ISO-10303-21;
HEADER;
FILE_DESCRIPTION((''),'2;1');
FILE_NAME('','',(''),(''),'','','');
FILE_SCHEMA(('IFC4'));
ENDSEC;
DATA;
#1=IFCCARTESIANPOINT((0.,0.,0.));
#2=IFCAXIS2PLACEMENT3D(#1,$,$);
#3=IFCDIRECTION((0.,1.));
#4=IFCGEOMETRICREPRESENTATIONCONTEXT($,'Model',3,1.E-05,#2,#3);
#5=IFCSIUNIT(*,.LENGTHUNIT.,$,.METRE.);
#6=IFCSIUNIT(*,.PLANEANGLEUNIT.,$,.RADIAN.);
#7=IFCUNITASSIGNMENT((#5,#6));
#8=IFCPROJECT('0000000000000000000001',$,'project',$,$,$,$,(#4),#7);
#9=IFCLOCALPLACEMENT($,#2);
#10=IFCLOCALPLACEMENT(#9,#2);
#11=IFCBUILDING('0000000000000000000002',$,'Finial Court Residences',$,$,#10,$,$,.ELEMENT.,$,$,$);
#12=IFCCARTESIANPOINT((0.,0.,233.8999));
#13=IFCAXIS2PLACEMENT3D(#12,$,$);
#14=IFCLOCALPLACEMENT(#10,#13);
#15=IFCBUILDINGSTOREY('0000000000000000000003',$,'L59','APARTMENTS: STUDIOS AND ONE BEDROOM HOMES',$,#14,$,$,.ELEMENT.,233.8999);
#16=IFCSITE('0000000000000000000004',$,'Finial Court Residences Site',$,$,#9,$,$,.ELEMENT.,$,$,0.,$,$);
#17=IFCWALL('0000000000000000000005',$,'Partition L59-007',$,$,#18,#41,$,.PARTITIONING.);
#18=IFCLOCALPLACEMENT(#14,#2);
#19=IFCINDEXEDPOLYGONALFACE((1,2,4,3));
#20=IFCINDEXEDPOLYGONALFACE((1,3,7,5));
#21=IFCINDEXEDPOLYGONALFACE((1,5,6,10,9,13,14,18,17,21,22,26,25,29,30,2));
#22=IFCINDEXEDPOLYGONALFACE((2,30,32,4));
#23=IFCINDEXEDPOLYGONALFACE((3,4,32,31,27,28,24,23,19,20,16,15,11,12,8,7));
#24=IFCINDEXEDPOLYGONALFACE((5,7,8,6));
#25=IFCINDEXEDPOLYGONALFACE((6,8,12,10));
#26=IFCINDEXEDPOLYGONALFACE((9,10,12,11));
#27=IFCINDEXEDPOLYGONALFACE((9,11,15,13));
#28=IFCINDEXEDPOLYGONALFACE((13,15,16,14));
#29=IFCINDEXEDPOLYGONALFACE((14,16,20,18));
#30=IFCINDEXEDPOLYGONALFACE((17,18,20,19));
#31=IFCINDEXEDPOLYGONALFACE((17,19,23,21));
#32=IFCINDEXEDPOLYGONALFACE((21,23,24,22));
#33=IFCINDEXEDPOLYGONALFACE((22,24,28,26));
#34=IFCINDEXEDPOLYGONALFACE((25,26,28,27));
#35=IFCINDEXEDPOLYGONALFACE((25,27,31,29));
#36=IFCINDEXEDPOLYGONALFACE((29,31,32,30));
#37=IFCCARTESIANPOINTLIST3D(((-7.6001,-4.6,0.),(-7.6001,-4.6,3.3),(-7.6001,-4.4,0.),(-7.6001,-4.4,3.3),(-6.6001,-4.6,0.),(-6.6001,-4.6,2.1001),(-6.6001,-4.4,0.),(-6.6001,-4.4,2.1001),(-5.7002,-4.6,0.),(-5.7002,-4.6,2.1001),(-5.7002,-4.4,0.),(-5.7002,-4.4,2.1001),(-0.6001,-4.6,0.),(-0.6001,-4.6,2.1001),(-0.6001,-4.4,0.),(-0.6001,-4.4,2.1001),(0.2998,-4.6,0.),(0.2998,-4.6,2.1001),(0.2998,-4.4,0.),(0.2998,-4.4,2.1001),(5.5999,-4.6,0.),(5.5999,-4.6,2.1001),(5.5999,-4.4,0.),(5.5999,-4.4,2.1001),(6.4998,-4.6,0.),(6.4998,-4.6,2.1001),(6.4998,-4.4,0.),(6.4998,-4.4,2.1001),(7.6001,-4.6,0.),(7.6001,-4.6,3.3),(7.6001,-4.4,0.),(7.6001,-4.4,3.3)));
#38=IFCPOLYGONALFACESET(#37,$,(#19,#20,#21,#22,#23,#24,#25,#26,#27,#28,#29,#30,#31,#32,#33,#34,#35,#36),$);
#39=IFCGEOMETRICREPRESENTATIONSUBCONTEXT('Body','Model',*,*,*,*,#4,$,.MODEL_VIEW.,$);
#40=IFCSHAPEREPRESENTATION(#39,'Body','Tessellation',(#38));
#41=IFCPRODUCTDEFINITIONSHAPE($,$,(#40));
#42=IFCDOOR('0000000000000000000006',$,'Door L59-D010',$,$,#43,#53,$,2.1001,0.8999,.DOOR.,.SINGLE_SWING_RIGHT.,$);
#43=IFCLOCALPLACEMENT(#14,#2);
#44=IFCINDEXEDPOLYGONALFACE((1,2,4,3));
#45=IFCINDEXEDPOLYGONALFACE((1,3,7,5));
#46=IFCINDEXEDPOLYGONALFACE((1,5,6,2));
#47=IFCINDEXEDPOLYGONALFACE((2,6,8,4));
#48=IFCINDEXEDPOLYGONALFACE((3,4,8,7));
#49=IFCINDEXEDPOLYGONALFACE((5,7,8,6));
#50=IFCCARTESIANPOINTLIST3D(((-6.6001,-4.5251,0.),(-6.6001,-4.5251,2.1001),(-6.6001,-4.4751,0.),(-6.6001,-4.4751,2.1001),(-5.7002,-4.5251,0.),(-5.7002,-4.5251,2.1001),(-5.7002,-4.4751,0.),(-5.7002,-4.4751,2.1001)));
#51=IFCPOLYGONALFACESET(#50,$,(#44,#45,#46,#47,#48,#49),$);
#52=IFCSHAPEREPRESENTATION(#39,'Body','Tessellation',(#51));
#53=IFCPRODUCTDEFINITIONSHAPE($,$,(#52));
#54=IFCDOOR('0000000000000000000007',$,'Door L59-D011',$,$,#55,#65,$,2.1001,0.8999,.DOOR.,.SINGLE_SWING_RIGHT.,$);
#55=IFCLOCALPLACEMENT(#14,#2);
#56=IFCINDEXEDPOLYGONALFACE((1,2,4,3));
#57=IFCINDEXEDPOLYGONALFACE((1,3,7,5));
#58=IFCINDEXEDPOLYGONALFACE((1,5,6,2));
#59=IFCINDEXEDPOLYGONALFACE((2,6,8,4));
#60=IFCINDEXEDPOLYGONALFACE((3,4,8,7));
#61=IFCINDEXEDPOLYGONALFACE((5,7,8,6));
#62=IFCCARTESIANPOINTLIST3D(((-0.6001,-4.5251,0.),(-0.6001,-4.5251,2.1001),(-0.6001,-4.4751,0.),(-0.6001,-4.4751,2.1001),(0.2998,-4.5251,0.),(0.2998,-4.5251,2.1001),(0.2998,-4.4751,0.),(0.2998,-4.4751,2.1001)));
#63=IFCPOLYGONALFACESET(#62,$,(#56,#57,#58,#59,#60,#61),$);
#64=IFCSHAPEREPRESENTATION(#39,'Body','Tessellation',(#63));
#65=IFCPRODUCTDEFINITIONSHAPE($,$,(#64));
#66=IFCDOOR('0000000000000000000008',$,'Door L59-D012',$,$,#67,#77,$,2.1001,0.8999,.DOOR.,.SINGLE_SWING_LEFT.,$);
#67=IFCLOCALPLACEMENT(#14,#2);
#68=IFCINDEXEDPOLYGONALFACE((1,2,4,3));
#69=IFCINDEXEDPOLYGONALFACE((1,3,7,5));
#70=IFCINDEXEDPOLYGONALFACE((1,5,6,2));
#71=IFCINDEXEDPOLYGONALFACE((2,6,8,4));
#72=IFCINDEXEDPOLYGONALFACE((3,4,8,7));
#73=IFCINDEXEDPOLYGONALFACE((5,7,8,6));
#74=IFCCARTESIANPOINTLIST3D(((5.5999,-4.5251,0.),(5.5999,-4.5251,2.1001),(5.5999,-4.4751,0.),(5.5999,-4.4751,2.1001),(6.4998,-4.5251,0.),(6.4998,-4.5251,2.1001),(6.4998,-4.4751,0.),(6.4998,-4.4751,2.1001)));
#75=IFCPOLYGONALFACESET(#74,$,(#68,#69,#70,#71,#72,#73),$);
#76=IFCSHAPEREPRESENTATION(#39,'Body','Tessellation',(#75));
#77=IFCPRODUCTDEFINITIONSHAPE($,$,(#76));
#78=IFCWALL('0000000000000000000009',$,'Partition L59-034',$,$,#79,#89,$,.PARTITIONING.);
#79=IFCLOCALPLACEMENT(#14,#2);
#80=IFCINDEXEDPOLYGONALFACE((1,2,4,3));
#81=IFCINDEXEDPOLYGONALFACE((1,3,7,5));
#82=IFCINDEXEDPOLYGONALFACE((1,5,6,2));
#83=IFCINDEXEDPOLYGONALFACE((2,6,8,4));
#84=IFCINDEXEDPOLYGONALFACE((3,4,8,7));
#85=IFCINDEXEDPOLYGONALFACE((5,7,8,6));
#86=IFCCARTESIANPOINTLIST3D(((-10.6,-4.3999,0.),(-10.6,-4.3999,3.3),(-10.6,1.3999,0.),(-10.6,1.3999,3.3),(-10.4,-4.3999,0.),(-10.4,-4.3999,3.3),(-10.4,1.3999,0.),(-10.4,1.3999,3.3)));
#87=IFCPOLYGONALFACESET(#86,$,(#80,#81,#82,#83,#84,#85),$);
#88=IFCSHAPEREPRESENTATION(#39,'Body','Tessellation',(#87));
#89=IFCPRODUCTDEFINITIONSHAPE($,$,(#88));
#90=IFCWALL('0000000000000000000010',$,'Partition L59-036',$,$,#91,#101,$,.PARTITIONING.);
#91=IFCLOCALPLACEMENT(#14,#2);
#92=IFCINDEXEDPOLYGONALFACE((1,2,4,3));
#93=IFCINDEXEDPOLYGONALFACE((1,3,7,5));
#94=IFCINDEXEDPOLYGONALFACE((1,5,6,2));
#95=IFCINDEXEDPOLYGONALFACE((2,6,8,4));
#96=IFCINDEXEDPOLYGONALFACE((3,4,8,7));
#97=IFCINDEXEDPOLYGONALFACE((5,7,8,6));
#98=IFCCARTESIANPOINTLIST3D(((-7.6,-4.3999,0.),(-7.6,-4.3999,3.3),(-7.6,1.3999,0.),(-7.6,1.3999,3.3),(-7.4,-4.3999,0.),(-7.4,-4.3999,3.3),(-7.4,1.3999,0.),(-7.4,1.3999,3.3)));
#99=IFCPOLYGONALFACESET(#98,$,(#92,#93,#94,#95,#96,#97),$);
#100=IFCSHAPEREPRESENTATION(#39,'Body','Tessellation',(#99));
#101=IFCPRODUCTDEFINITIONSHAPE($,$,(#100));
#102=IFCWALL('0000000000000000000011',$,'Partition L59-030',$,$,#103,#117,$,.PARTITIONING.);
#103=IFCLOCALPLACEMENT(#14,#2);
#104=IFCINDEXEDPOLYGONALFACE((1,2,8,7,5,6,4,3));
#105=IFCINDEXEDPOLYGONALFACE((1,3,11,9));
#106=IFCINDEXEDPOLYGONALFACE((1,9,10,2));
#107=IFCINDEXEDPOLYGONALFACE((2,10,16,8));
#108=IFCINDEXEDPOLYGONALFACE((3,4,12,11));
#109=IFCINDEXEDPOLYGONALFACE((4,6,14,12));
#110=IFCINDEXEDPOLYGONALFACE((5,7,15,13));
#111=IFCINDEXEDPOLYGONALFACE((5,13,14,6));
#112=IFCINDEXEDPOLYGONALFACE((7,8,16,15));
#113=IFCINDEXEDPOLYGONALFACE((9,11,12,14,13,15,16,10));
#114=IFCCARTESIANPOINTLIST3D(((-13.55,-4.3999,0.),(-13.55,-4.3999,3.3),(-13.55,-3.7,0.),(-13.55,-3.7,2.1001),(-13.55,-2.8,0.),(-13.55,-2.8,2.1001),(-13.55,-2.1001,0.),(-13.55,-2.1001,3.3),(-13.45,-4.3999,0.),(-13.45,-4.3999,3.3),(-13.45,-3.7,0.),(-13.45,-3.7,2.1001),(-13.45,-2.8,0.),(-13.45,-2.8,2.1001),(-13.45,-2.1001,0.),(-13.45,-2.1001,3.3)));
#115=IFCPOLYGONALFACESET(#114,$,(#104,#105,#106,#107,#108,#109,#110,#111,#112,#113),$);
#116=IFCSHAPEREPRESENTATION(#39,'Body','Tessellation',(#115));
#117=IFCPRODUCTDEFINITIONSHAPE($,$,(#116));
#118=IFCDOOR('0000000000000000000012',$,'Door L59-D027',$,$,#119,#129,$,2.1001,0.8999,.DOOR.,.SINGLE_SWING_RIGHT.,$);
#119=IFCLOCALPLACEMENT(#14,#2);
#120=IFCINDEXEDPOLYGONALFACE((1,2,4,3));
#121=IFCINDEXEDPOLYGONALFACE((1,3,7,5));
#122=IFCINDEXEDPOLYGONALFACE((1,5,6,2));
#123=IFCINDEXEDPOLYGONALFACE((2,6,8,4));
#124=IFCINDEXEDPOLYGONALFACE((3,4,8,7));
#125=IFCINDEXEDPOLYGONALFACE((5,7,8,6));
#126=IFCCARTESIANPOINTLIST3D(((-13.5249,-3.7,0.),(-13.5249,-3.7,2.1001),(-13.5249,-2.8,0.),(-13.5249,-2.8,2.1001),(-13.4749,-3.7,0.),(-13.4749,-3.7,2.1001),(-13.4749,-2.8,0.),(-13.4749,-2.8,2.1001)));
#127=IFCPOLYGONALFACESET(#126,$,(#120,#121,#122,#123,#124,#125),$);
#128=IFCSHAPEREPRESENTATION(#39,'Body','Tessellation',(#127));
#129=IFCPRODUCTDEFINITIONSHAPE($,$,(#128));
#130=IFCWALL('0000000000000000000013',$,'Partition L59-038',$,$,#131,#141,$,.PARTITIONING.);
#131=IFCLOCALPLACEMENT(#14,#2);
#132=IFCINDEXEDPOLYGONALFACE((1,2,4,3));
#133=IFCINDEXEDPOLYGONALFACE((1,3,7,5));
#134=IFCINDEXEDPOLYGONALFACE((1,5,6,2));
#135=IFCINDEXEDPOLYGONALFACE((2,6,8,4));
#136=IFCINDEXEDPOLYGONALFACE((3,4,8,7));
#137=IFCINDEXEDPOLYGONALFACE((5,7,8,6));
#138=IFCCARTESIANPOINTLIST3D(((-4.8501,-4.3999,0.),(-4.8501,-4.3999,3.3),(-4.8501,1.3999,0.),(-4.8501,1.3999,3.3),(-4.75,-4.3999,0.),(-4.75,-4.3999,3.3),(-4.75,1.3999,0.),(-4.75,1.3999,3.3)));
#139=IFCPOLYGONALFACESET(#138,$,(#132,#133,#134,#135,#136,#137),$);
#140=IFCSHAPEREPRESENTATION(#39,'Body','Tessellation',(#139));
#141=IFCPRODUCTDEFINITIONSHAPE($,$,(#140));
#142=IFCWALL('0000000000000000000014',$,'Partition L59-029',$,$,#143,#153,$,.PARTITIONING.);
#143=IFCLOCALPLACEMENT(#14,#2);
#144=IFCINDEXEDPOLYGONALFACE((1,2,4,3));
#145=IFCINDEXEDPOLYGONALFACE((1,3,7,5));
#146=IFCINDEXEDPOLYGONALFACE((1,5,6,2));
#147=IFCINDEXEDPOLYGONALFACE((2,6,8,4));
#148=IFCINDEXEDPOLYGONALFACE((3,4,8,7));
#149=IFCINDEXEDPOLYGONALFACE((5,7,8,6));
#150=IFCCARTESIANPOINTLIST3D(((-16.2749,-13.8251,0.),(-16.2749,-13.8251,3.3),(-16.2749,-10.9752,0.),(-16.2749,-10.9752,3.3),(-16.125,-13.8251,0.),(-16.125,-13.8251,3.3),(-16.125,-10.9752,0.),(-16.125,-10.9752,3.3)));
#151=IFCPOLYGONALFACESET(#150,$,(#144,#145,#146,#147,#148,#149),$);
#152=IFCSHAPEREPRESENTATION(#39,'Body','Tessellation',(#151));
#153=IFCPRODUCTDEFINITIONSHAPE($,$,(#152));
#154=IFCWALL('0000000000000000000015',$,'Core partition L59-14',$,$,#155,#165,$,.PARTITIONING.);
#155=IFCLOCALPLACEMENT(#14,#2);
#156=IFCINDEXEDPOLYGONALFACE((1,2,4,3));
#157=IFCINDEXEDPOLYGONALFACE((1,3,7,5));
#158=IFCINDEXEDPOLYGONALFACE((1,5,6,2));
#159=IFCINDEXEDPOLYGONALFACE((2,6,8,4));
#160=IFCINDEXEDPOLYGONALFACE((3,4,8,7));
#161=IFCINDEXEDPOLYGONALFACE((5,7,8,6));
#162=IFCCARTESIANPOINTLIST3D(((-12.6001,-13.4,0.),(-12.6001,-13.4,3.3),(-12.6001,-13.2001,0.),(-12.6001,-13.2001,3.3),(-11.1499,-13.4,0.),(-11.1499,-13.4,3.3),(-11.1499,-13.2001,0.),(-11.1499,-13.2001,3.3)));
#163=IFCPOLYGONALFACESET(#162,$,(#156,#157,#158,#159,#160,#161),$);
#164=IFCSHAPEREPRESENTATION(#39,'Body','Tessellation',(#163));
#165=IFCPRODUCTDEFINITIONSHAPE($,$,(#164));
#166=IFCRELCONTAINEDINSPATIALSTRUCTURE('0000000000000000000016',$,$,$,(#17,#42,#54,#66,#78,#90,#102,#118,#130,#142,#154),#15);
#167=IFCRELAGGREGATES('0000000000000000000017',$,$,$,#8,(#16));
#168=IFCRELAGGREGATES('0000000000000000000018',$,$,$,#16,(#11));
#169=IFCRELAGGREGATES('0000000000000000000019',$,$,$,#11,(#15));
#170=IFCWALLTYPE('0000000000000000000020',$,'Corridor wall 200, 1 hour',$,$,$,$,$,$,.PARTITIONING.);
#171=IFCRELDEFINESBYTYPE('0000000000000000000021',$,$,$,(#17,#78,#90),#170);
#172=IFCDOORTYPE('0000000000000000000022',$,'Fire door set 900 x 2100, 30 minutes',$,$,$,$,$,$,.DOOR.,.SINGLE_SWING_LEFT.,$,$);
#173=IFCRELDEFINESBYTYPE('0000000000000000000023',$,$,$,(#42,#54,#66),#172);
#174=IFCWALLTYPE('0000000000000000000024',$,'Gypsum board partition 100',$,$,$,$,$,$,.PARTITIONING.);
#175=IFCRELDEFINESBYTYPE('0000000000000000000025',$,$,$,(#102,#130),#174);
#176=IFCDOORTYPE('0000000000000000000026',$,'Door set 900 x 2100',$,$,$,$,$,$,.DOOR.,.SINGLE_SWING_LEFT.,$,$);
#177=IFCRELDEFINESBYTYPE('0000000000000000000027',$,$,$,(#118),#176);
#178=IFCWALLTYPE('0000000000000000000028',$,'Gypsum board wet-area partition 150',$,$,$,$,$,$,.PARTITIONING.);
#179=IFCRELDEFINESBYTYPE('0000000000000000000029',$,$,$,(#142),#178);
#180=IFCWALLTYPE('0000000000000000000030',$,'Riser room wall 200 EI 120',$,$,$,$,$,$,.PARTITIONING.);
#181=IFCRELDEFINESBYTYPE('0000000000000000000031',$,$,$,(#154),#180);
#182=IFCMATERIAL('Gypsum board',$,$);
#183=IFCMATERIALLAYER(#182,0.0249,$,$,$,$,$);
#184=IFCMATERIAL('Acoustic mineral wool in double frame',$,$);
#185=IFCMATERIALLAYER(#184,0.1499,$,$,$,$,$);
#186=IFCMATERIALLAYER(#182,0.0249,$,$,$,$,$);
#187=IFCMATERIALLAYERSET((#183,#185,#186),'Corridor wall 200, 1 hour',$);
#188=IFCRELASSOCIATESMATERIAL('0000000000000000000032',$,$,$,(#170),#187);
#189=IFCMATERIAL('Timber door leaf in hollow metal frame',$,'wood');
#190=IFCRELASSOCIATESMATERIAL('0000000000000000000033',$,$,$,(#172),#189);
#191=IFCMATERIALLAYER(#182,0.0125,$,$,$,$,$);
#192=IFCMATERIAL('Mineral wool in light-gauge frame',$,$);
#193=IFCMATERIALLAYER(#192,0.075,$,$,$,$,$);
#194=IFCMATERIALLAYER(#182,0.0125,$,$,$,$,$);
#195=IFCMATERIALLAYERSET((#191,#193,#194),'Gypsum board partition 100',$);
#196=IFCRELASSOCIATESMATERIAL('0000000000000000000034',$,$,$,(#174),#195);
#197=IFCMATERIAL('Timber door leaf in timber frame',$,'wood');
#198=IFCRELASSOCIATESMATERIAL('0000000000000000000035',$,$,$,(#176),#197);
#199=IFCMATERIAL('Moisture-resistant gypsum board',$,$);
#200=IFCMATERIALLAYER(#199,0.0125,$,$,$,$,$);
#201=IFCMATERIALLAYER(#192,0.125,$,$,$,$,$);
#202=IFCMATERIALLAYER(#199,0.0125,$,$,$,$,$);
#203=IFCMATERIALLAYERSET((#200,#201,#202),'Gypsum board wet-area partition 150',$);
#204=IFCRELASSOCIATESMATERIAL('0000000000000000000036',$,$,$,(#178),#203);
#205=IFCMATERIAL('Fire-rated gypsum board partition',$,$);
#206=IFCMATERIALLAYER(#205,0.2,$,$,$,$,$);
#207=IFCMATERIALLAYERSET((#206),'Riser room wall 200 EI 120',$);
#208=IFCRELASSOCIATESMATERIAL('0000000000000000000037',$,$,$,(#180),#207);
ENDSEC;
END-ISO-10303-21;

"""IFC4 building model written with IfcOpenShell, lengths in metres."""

from ifc_helpers import new_model, si_unit, direction, frame, frame_2d, origin, place, context, subcontext, project, spatial, rectangle, extrude, material, layer, layer_set, type_object, element, fill, save


model = new_model("IFC4")

# Units and contexts
model_context = context("Model", 3, precision=1e-05, world=origin(), true_north=direction((0.0, 1.0)))
body_context = subcontext(model_context, "Body", "Model", "MODEL_VIEW")
ifc_project = project(units=[si_unit("LENGTHUNIT", "METRE"), si_unit("PLANEANGLEUNIT", "RADIAN")], contexts=[model_context])

# Site, building, storey
site_placement = place(None, origin())
site = spatial("IfcSite", under=ifc_project, at=site_placement, Name="Finial Court Residences Site", CompositionType="ELEMENT", RefElevation=0.0)
building_placement = place(site_placement, origin())
building = spatial("IfcBuilding", under=site, at=building_placement, Name="Finial Court Residences", CompositionType="ELEMENT")
storey_placement = place(building_placement, frame((0.0, 0.0, 233.8999)))
storey = spatial("IfcBuildingStorey", under=building, at=storey_placement, Name="L59", Description="APARTMENTS: STUDIOS AND ONE BEDROOM HOMES", CompositionType="ELEMENT", Elevation=233.8999)

# Shared definitions
ifc_material_1 = material(Name="Fire-rated gypsum board partition")

# Wall, openings, doors
ifc_material_2 = material(Name="Gypsum board")
ifc_layer_1 = layer(ifc_material_2, 0.0249)
ifc_material_3 = material(Name="Acoustic mineral wool in double frame")
ifc_layer_2 = layer(ifc_material_3, 0.1499)
ifc_layer_3 = layer(ifc_material_2, 0.0249)
ifc_layer_set_1 = layer_set([ifc_layer_1, ifc_layer_2, ifc_layer_3], Name="Corridor wall 200, 1 hour")
wall_type_1 = type_object("IfcWallType", Name="Corridor wall 200, 1 hour", PredefinedType="PARTITIONING", material=ifc_layer_set_1)
wall_1_placement = place(storey_placement, frame((-7.6001, -4.5, 0.0), z_axis=(0.0, 0.0, 1.0), x_axis=(1.0, 0.0, 0.0)))
wall_1 = element("IfcWall", 1, at=wall_1_placement, inside=storey, type_object=wall_type_1, Name="Partition L59-007", PredefinedType="PARTITIONING", context=body_context, shape_type="SweptSolid", body=[
    extrude(rectangle(XDim=15.2002, YDim=0.2, at=frame_2d((7.6001, 0.0))), origin(), (0.0, 0.0, 1.0), 3.3),
])
opening_1_placement = place(wall_1_placement, frame((1.0, 0.0, 0.0)))
opening_1 = element("IfcOpeningElement", 2, at=opening_1_placement, cuts=wall_1, PredefinedType="OPENING", context=body_context, shape_type="SweptSolid", body=[
    extrude(rectangle(XDim=0.8999, YDim=2.1001, at=frame_2d((0.45, 1.05))), frame((0.0, 0.1099, 0.0), z_axis=(0.0, -1.0, 0.0), x_axis=(1.0, 0.0, 0.0)), (0.0, 0.0, 1.0), 0.22),
])
opening_2_placement = place(wall_1_placement, frame((7.0, 0.0, 0.0)))
opening_2 = element("IfcOpeningElement", 3, at=opening_2_placement, cuts=wall_1, PredefinedType="OPENING", context=body_context, shape_type="SweptSolid", body=[
    extrude(rectangle(XDim=0.8999, YDim=2.1001, at=frame_2d((0.45, 1.05))), frame((0.0, 0.1099, 0.0), z_axis=(0.0, -1.0, 0.0), x_axis=(1.0, 0.0, 0.0)), (0.0, 0.0, 1.0), 0.22),
])
opening_3_placement = place(wall_1_placement, frame((13.2, 0.0, 0.0)))
opening_3 = element("IfcOpeningElement", 4, at=opening_3_placement, cuts=wall_1, PredefinedType="OPENING", context=body_context, shape_type="SweptSolid", body=[
    extrude(rectangle(XDim=0.8999, YDim=2.1001, at=frame_2d((0.45, 1.05))), frame((0.0, 0.1099, 0.0), z_axis=(0.0, -1.0, 0.0), x_axis=(1.0, 0.0, 0.0)), (0.0, 0.0, 1.0), 0.22),
])
ifc_material_4 = material(Name="Timber door leaf in hollow metal frame", Category="wood")
door_type_1 = type_object("IfcDoorType", Name="Fire door set 900 x 2100, 30 minutes", OperationType="SINGLE_SWING_LEFT", PredefinedType="DOOR", material=ifc_material_4)
door_1_placement = place(opening_1_placement, origin())
door_1 = element("IfcDoor", 5, at=door_1_placement, inside=storey, type_object=door_type_1, Name="Door L59-D010", OperationType="SINGLE_SWING_RIGHT", OverallHeight=2.1001, OverallWidth=0.8999, PredefinedType="DOOR", context=body_context, shape_type="SweptSolid", body=[
    extrude(rectangle(XDim=0.8999, YDim=2.1001, at=frame_2d((0.45, 1.05))), frame((0.0, 0.0249, 0.0), z_axis=(0.0, -1.0, 0.0), x_axis=(1.0, 0.0, 0.0)), (0.0, 0.0, 1.0), 0.05),
])
fill(opening_1, door_1)
door_2_placement = place(opening_2_placement, origin())
door_2 = element("IfcDoor", 6, at=door_2_placement, inside=storey, type_object=door_type_1, Name="Door L59-D011", OperationType="SINGLE_SWING_RIGHT", OverallHeight=2.1001, OverallWidth=0.8999, PredefinedType="DOOR", context=body_context, shape_type="SweptSolid", body=[
    extrude(rectangle(XDim=0.8999, YDim=2.1001, at=frame_2d((0.45, 1.05))), frame((0.0, 0.0249, 0.0), z_axis=(0.0, -1.0, 0.0), x_axis=(1.0, 0.0, 0.0)), (0.0, 0.0, 1.0), 0.05),
])
fill(opening_2, door_2)
door_3_placement = place(opening_3_placement, origin())
door_3 = element("IfcDoor", 7, at=door_3_placement, inside=storey, type_object=door_type_1, Name="Door L59-D012", OperationType="SINGLE_SWING_LEFT", OverallHeight=2.1001, OverallWidth=0.8999, PredefinedType="DOOR", context=body_context, shape_type="SweptSolid", body=[
    extrude(rectangle(XDim=0.8999, YDim=2.1001, at=frame_2d((0.45, 1.05))), frame((0.0, 0.0249, 0.0), z_axis=(0.0, -1.0, 0.0), x_axis=(1.0, 0.0, 0.0)), (0.0, 0.0, 1.0), 0.05),
])
fill(opening_3, door_3)

# Walls
for number, where, z_axis, x_axis, name in (
    (8, (-10.5, -4.3999, 0.0), (0.0, 0.0, 1.0), (0.0, 1.0, 0.0), "Partition L59-034"),
    (9, (-7.5, -4.3999, 0.0), (0.0, 0.0, 1.0), (0.0, 1.0, 0.0), "Partition L59-036"),
):
    element("IfcWall", number, at=place(storey_placement, frame(where, z_axis=z_axis, x_axis=x_axis)), inside=storey, type_object=wall_type_1, Name=name, PredefinedType="PARTITIONING", context=body_context, shape_type="SweptSolid", body=[
        extrude(rectangle(XDim=5.7998, YDim=0.2, at=frame_2d((2.8999, 0.0))), origin(), (0.0, 0.0, 1.0), 3.3),
    ])

# Wall, opening, door
ifc_layer_4 = layer(ifc_material_2, 0.0125)
ifc_material_5 = material(Name="Mineral wool in light-gauge frame")
ifc_layer_5 = layer(ifc_material_5, 0.075)
ifc_layer_6 = layer(ifc_material_2, 0.0125)
ifc_layer_set_2 = layer_set([ifc_layer_4, ifc_layer_5, ifc_layer_6], Name="Gypsum board partition 100")
wall_type_2 = type_object("IfcWallType", Name="Gypsum board partition 100", PredefinedType="PARTITIONING", material=ifc_layer_set_2)
wall_2_placement = place(storey_placement, frame((-13.5, -4.3999, 0.0), z_axis=(0.0, 0.0, 1.0), x_axis=(0.0, 1.0, 0.0)))
wall_2 = element("IfcWall", 10, at=wall_2_placement, inside=storey, type_object=wall_type_2, Name="Partition L59-030", PredefinedType="PARTITIONING", context=body_context, shape_type="SweptSolid", body=[
    extrude(rectangle(XDim=2.2998, YDim=0.1001, at=frame_2d((1.1499, 0.0))), origin(), (0.0, 0.0, 1.0), 3.3),
])
opening_4_placement = place(wall_2_placement, frame((0.7, 0.0, 0.0)))
opening_4 = element("IfcOpeningElement", 11, at=opening_4_placement, cuts=wall_2, PredefinedType="OPENING", context=body_context, shape_type="SweptSolid", body=[
    extrude(rectangle(XDim=0.8999, YDim=2.1001, at=frame_2d((0.45, 1.05))), frame((0.0, 0.0601, 0.0), z_axis=(0.0, -1.0, 0.0), x_axis=(1.0, 0.0, 0.0)), (0.0, 0.0, 1.0), 0.1201),
])
ifc_material_6 = material(Name="Timber door leaf in timber frame", Category="wood")
door_type_2 = type_object("IfcDoorType", Name="Door set 900 x 2100", OperationType="SINGLE_SWING_LEFT", PredefinedType="DOOR", material=ifc_material_6)
door_4_placement = place(opening_4_placement, origin())
door_4 = element("IfcDoor", 12, at=door_4_placement, inside=storey, type_object=door_type_2, Name="Door L59-D027", OperationType="SINGLE_SWING_RIGHT", OverallHeight=2.1001, OverallWidth=0.8999, PredefinedType="DOOR", context=body_context, shape_type="SweptSolid", body=[
    extrude(rectangle(XDim=0.8999, YDim=2.1001, at=frame_2d((0.45, 1.05))), frame((0.0, 0.0249, 0.0), z_axis=(0.0, -1.0, 0.0), x_axis=(1.0, 0.0, 0.0)), (0.0, 0.0, 1.0), 0.05),
])
fill(opening_4, door_4)

# Walls
wall_3_placement = place(storey_placement, frame((-4.8, -4.3999, 0.0), z_axis=(0.0, 0.0, 1.0), x_axis=(0.0, 1.0, 0.0)))
element("IfcWall", 13, at=wall_3_placement, inside=storey, type_object=wall_type_2, Name="Partition L59-038", PredefinedType="PARTITIONING", context=body_context, shape_type="SweptSolid", body=[
    extrude(rectangle(XDim=5.7998, YDim=0.1001, at=frame_2d((2.8999, 0.0))), origin(), (0.0, 0.0, 1.0), 3.3),
])
ifc_material_7 = material(Name="Moisture-resistant gypsum board")
ifc_layer_7 = layer(ifc_material_7, 0.0125)
ifc_layer_8 = layer(ifc_material_5, 0.125)
ifc_layer_9 = layer(ifc_material_7, 0.0125)
ifc_layer_set_3 = layer_set([ifc_layer_7, ifc_layer_8, ifc_layer_9], Name="Gypsum board wet-area partition 150")
wall_type_3 = type_object("IfcWallType", Name="Gypsum board wet-area partition 150", PredefinedType="PARTITIONING", material=ifc_layer_set_3)
wall_4_placement = place(storey_placement, frame((-16.2, -13.825, 0.0), z_axis=(0.0, 0.0, 1.0), x_axis=(0.0, 1.0, 0.0)))
element("IfcWall", 14, at=wall_4_placement, inside=storey, type_object=wall_type_3, Name="Partition L59-029", PredefinedType="PARTITIONING", context=body_context, shape_type="SweptSolid", body=[
    extrude(rectangle(XDim=2.8499, YDim=0.1499, at=frame_2d((1.4248, 0.0))), origin(), (0.0, 0.0, 1.0), 3.3),
])
ifc_layer_10 = layer(ifc_material_1, 0.2)
ifc_layer_set_4 = layer_set([ifc_layer_10], Name="Riser room wall 200 EI 120")
wall_type_4 = type_object("IfcWallType", Name="Riser room wall 200 EI 120", PredefinedType="PARTITIONING", material=ifc_layer_set_4)
wall_5_placement = place(storey_placement, frame((-12.6001, -13.3, 0.0), z_axis=(0.0, 0.0, 1.0), x_axis=(1.0, 0.0, 0.0)))
element("IfcWall", 15, at=wall_5_placement, inside=storey, type_object=wall_type_4, Name="Core partition L59-14", PredefinedType="PARTITIONING", context=body_context, shape_type="SweptSolid", body=[
    extrude(rectangle(XDim=1.4502, YDim=0.2, at=frame_2d((0.7251, 0.0))), origin(), (0.0, 0.0, 1.0), 3.3),
])

save(model, "model.ifc")
